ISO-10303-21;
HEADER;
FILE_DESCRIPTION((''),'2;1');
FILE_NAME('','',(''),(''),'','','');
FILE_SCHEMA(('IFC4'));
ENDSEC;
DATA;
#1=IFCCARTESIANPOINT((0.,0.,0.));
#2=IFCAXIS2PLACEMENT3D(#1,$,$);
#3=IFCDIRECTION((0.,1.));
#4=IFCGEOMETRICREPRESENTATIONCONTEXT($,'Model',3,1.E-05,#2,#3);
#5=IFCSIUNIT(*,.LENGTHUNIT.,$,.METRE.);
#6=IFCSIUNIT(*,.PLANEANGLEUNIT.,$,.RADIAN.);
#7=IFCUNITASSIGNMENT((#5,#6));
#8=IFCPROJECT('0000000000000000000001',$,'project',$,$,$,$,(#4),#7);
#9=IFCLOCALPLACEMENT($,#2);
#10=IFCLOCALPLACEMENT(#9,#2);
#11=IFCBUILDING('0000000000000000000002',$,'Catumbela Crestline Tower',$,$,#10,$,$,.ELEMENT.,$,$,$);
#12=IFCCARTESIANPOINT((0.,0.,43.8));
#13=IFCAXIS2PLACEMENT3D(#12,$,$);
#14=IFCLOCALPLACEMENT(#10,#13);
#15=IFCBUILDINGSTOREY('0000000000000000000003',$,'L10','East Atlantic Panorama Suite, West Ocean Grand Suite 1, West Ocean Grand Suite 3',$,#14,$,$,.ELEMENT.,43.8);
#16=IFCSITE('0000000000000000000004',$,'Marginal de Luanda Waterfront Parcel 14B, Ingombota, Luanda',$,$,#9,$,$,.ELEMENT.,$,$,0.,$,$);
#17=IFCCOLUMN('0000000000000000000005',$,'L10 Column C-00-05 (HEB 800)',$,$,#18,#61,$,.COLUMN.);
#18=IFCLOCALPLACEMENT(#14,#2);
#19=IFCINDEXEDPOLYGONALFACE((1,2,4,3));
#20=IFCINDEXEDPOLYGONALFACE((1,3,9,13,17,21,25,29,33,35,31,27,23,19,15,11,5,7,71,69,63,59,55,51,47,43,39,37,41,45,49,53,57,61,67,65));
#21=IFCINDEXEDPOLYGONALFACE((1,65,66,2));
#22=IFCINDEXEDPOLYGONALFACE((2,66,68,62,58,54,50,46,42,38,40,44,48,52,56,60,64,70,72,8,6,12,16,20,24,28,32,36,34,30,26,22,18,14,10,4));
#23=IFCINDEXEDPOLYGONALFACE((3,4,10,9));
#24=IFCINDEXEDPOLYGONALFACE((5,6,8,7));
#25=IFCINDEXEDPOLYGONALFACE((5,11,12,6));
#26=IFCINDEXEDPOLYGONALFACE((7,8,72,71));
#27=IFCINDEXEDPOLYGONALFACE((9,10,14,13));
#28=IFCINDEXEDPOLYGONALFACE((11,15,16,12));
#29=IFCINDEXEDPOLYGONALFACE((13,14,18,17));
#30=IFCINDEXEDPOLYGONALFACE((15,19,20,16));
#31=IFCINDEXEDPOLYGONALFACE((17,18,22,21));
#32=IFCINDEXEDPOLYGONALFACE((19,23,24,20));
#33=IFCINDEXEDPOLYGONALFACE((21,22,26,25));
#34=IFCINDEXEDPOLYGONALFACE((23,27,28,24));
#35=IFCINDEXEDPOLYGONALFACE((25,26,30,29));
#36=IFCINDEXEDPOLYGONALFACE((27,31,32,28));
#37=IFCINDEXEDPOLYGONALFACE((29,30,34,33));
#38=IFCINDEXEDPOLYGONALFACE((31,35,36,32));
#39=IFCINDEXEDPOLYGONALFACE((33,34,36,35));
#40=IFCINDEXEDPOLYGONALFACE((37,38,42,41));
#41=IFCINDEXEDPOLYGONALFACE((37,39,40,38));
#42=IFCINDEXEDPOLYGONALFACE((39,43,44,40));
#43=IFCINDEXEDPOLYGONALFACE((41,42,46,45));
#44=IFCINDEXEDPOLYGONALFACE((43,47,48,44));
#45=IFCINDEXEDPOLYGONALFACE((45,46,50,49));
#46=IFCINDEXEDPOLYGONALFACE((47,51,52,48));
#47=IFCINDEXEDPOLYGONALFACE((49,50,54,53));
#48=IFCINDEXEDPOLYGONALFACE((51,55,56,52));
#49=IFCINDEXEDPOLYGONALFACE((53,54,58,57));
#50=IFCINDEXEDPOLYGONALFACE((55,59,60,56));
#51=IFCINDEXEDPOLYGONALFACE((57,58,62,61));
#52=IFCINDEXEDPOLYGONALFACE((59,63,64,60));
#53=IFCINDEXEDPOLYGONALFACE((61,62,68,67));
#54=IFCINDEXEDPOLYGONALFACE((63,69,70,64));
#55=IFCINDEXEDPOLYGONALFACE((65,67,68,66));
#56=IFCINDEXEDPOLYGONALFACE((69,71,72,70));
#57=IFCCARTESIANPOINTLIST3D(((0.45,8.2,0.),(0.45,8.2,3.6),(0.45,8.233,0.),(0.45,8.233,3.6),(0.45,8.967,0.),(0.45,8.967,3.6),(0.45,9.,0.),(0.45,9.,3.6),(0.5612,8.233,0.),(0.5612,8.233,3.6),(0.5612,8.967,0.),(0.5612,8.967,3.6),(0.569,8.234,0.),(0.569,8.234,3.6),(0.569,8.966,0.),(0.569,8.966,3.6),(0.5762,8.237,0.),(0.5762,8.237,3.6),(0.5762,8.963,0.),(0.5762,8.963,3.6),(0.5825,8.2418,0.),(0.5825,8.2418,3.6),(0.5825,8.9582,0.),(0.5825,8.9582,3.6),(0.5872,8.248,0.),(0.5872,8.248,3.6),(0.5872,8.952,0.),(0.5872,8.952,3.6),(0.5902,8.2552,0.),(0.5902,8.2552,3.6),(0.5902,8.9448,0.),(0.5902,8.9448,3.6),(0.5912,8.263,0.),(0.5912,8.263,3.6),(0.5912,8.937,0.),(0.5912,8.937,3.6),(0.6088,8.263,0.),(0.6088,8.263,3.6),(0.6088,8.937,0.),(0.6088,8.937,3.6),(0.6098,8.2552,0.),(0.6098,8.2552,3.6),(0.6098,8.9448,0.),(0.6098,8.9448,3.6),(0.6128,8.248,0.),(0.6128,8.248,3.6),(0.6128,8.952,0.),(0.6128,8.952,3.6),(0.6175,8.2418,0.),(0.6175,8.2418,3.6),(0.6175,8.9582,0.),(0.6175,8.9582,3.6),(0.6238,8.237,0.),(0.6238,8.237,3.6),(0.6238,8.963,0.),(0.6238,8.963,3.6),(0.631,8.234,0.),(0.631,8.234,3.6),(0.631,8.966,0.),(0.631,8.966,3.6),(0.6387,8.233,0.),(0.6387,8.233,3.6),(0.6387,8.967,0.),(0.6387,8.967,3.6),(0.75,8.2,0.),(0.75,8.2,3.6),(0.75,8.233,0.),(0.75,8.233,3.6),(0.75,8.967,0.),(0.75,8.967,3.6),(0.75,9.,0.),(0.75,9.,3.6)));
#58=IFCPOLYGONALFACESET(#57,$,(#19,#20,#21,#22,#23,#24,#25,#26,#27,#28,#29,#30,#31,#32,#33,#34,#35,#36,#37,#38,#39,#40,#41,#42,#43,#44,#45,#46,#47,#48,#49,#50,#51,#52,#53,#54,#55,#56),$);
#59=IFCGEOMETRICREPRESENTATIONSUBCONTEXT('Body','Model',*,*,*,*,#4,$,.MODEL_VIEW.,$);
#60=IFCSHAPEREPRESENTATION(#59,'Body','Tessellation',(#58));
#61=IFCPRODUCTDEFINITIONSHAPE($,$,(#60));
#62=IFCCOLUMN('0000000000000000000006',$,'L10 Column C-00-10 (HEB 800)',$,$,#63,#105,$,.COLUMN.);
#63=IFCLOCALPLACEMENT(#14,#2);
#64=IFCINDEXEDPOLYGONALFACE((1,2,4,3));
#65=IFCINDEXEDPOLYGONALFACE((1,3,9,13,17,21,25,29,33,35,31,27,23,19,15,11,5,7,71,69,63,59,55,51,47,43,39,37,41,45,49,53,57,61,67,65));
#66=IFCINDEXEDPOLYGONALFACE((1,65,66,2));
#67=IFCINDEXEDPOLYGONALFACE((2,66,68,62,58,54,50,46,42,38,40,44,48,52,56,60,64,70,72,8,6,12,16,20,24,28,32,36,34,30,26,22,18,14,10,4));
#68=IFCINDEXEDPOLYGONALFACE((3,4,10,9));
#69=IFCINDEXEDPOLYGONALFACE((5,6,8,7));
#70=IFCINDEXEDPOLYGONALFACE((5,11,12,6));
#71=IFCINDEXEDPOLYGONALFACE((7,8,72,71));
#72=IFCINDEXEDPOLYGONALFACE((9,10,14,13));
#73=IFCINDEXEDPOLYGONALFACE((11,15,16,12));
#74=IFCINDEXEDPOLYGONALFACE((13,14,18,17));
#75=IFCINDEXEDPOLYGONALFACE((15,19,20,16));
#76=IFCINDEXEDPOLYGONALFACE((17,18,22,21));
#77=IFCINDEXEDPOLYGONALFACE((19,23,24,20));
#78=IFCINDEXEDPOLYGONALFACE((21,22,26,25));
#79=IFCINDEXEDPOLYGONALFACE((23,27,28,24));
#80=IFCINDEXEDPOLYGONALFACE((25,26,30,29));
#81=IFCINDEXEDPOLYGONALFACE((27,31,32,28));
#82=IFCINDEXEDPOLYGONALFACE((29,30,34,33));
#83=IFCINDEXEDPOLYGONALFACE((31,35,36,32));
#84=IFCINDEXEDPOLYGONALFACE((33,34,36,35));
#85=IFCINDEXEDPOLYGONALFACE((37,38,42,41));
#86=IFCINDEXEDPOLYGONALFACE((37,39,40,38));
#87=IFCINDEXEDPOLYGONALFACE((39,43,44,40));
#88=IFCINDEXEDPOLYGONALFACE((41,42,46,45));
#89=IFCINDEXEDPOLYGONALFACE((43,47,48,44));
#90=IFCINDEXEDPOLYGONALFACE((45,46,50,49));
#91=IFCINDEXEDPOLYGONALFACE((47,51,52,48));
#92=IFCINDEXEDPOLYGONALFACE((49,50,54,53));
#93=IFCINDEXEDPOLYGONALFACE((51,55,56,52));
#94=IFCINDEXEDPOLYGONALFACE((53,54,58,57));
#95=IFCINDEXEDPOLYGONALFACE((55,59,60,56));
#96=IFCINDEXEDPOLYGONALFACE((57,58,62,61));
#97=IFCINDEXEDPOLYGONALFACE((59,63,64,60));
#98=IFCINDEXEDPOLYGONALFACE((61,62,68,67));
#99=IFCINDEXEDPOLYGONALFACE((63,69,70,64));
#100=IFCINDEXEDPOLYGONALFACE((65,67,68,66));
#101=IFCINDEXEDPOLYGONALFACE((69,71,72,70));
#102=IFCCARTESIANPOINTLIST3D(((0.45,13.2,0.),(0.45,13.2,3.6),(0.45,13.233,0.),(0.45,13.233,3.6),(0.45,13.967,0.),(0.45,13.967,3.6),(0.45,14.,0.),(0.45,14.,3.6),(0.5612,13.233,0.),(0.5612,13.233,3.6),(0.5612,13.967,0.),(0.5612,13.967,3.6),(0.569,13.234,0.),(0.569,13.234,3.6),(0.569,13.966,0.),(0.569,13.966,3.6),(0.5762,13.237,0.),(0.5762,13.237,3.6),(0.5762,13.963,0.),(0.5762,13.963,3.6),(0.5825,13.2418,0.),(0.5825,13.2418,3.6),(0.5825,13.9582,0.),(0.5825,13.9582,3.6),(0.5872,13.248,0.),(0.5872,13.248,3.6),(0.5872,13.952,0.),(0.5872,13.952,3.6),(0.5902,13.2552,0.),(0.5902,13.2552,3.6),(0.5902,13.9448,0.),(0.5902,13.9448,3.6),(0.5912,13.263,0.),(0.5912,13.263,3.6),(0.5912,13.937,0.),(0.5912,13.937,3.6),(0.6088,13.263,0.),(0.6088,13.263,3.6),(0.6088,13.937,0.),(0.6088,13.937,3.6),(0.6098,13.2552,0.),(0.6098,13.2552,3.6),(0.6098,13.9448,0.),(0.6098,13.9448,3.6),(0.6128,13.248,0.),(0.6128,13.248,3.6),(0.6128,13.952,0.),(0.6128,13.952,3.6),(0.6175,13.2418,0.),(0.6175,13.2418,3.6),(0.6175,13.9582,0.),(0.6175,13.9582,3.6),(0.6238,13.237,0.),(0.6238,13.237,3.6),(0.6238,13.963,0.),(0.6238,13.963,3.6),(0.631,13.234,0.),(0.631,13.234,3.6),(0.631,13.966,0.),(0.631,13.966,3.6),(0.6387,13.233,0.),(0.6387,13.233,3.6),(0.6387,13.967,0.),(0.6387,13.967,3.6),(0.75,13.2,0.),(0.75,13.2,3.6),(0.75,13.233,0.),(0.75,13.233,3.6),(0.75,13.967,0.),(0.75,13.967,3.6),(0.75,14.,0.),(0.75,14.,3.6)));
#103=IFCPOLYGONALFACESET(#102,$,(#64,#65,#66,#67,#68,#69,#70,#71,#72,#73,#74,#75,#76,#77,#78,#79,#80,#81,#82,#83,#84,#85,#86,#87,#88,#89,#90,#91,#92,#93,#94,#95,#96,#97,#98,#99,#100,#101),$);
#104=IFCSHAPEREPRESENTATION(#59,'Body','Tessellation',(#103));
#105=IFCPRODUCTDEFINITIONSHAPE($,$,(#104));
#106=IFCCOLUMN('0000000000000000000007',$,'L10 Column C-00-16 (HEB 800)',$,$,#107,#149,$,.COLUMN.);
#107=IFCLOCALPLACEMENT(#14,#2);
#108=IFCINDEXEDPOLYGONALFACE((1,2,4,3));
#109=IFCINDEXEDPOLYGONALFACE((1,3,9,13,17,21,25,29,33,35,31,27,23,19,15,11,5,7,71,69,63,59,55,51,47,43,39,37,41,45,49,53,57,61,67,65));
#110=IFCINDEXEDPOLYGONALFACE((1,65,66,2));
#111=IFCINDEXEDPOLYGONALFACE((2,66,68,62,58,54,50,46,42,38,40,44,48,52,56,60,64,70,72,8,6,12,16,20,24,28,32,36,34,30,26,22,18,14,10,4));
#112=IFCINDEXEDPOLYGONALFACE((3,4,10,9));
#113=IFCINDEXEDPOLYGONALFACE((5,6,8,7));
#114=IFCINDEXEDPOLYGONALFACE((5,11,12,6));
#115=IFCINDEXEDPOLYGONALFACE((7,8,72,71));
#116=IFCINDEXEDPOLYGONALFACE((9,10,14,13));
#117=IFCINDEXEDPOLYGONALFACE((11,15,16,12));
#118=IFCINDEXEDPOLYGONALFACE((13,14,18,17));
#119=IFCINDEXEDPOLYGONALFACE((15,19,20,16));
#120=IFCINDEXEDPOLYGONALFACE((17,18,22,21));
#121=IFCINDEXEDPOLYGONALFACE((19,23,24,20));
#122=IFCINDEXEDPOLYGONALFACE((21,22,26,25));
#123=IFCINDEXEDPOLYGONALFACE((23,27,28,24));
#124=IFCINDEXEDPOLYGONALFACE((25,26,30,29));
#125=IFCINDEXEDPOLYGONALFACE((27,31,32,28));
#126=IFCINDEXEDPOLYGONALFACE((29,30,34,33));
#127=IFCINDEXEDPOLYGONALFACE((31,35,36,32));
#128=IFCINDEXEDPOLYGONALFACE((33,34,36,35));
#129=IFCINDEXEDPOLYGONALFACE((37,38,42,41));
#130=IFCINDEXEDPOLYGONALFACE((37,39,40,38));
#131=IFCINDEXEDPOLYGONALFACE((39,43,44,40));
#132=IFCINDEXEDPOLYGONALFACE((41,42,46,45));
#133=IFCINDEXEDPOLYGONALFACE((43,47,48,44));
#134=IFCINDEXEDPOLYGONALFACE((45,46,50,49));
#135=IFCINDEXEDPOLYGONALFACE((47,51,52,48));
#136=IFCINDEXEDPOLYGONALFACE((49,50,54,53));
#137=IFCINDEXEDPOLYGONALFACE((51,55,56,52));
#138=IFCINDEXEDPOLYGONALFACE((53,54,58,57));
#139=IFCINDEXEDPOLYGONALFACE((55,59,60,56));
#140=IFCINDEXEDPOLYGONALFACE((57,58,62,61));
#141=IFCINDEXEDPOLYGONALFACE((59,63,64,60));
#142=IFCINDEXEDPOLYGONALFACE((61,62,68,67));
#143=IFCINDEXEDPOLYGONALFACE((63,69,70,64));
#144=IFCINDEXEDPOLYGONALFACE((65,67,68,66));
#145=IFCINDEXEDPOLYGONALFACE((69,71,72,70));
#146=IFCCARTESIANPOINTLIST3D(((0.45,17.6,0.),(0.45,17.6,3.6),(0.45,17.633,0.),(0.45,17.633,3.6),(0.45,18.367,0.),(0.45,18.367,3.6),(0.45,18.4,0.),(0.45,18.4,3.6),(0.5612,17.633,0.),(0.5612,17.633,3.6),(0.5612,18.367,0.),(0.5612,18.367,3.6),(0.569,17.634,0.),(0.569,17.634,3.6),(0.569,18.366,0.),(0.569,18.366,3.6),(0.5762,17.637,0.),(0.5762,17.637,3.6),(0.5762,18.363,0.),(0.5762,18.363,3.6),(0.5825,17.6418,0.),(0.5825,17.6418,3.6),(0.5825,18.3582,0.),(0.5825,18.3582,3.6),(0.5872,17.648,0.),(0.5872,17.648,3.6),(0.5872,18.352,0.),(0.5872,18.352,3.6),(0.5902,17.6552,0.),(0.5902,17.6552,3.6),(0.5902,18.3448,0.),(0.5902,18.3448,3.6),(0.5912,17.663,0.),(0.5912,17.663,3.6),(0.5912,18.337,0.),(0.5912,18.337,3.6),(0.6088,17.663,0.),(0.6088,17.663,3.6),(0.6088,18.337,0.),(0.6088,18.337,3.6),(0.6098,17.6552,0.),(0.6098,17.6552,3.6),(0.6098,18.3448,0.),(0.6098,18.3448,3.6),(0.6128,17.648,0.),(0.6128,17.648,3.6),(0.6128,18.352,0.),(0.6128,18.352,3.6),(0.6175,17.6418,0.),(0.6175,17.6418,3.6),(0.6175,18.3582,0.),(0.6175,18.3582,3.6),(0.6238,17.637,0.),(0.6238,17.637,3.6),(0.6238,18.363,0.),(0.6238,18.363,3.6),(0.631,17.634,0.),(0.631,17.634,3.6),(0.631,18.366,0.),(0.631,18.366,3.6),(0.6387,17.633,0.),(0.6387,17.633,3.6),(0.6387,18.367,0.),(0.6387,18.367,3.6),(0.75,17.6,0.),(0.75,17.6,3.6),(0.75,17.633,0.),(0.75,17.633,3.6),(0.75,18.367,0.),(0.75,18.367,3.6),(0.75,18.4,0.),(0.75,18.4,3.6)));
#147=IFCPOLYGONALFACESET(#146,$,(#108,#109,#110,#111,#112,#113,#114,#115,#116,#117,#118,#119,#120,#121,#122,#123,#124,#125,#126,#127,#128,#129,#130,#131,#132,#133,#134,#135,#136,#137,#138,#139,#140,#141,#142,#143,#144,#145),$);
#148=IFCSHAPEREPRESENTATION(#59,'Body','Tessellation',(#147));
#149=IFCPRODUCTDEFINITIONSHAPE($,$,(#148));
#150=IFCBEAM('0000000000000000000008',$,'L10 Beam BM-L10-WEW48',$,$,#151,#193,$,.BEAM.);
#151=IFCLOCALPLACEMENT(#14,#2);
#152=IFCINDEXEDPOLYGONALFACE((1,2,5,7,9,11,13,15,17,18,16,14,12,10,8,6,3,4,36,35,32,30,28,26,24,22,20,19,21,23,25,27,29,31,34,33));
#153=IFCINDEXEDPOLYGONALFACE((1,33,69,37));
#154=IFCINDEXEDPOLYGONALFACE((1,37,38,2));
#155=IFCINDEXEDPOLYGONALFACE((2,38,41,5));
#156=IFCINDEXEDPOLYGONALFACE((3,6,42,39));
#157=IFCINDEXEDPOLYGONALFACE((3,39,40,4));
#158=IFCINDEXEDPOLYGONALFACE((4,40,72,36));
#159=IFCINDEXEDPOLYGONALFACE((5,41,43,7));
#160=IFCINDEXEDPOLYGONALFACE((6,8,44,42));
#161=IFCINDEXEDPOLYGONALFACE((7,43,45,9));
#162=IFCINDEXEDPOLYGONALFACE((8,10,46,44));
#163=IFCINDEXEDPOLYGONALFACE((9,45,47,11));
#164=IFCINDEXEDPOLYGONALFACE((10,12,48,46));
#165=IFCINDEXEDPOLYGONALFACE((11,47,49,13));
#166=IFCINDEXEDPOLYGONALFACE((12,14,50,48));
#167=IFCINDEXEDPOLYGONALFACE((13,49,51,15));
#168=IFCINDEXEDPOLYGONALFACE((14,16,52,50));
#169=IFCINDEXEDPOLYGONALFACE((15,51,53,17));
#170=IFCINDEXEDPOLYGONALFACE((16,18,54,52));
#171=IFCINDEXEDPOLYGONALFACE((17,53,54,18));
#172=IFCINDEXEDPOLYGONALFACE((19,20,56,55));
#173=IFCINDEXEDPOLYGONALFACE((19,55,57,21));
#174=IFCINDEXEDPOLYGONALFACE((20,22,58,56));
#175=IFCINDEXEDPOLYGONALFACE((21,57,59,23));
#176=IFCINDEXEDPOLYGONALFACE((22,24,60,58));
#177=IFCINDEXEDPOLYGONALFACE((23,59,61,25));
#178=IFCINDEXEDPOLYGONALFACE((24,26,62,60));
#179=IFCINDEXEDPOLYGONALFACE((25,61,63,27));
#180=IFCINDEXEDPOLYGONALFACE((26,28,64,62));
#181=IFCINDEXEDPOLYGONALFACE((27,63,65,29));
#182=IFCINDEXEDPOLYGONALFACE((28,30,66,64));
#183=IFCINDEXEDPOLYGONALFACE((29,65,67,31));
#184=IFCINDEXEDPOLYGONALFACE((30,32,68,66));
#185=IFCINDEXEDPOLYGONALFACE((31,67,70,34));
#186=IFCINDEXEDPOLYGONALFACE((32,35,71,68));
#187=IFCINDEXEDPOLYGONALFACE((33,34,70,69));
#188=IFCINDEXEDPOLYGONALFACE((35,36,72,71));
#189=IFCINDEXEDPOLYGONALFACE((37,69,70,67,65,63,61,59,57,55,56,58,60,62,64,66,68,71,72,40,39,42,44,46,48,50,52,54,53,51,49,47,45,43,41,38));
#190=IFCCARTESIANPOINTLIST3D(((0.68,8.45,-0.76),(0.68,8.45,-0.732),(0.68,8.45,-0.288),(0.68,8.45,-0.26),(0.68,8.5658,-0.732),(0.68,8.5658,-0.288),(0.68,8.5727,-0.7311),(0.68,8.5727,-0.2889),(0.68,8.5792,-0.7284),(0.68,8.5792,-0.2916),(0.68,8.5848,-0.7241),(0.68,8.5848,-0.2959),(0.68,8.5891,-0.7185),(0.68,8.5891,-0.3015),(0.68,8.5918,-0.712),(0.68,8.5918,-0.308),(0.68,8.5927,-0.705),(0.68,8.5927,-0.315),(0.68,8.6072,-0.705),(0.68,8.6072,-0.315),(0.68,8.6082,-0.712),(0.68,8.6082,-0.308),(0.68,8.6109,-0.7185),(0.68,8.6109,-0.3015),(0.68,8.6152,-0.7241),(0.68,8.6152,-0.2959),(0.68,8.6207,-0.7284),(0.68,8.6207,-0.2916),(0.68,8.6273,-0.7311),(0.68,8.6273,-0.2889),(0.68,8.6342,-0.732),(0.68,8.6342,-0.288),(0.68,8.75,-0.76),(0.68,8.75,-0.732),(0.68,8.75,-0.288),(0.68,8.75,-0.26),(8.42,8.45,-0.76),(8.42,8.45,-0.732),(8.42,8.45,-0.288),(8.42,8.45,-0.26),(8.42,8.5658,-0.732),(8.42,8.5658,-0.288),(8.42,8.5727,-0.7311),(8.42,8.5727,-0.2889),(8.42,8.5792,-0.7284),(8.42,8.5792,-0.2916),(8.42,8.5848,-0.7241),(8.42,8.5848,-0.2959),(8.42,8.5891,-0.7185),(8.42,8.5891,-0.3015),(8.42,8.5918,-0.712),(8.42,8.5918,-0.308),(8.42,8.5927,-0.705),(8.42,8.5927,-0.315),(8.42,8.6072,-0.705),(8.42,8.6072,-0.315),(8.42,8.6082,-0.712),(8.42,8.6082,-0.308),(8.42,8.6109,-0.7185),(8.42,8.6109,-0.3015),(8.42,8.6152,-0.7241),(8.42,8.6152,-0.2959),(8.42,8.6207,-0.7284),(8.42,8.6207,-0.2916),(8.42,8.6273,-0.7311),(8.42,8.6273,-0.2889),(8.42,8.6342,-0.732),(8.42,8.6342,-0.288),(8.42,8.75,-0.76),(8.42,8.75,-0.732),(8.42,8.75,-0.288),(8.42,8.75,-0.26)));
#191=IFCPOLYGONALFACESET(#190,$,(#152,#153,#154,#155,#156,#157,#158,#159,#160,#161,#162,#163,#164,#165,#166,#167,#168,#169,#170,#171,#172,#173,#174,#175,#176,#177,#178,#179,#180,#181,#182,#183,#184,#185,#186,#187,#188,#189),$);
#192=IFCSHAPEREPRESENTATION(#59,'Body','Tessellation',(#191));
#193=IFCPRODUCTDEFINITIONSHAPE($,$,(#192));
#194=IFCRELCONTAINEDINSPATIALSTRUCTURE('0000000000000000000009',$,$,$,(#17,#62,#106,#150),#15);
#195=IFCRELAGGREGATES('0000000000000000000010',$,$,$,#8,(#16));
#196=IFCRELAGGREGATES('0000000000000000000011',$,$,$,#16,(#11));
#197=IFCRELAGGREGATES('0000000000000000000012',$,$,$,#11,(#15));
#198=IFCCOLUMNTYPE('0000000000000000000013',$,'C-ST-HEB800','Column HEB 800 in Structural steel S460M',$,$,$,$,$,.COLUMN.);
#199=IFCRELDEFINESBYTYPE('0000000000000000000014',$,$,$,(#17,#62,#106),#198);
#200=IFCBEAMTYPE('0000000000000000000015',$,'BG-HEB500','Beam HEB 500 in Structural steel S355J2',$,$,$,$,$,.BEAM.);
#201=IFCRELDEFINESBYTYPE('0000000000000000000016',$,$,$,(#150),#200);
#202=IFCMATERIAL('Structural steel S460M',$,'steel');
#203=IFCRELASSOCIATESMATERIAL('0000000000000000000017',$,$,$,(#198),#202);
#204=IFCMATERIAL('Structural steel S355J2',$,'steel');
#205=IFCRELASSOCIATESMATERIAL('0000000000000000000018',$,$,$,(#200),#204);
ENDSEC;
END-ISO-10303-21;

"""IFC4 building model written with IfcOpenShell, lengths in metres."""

from ifc_helpers import new_model, si_unit, direction, frame, origin, origin_2d, place, context, subcontext, project, spatial, i_section, extrude, material, material_profile, profile_set, type_object, element, save


model = new_model("IFC4")

# Units and contexts
model_context = context("Model", 3, precision=1e-05, world=origin(), true_north=direction((0.0, 1.0)))
body_context = subcontext(model_context, "Body", "Model", "MODEL_VIEW")
ifc_project = project(units=[si_unit("LENGTHUNIT", "METRE"), si_unit("PLANEANGLEUNIT", "RADIAN")], contexts=[model_context])

# Site, building, storey
site_placement = place(None, origin())
site = spatial("IfcSite", under=ifc_project, at=site_placement, Name="Marginal de Luanda Waterfront Parcel 14B, Ingombota, Luanda", CompositionType="ELEMENT", RefElevation=0.0)
building_placement = place(site_placement, origin())
building = spatial("IfcBuilding", under=site, at=building_placement, Name="Catumbela Crestline Tower", CompositionType="ELEMENT")
storey_placement = place(building_placement, frame((0.0, 0.0, 43.8)))
storey = spatial("IfcBuildingStorey", under=building, at=storey_placement, Name="L10", Description="East Atlantic Panorama Suite, West Ocean Grand Suite 1, West Ocean Grand Suite 3", CompositionType="ELEMENT", Elevation=43.8)

# Columns
ifc_material_1 = material(Name="Structural steel S460M", Category="steel")
ifc_material_profile_1 = material_profile(ifc_material_1, i_section(OverallWidth=0.3, OverallDepth=0.8, WebThickness=0.0175, FlangeThickness=0.033, FilletRadius=0.03, at=origin_2d()), Name="HEB 800")
ifc_profile_set_1 = profile_set([ifc_material_profile_1], Name="Structural steel S460M")
column_type = type_object("IfcColumnType", Name="C-ST-HEB800", Description="Column HEB 800 in Structural steel S460M", PredefinedType="COLUMN", material=ifc_profile_set_1)
for number, where, z_axis, x_axis, name in (
    (1, (0.6, 8.6, 0.0), (0.0, 0.0, 1.0), (1.0, 0.0, 0.0), "L10 Column C-00-05 (HEB 800)"),
    (2, (0.6, 13.6, 0.0), (0.0, 0.0, 1.0), (1.0, 0.0, 0.0), "L10 Column C-00-10 (HEB 800)"),
    (3, (0.6, 18.0, 0.0), (0.0, 0.0, 1.0), (1.0, 0.0, 0.0), "L10 Column C-00-16 (HEB 800)"),
):
    element("IfcColumn", number, at=place(storey_placement, frame(where, z_axis=z_axis, x_axis=x_axis)), inside=storey, type_object=column_type, Name=name, PredefinedType="COLUMN", context=body_context, shape_type="SweptSolid", body=[
        extrude(i_section(OverallWidth=0.3, OverallDepth=0.8, WebThickness=0.0175, FlangeThickness=0.033, FilletRadius=0.03, at=origin_2d()), origin(), (0.0, 0.0, 1.0), 3.6),
    ])

# Beam
ifc_material_2 = material(Name="Structural steel S355J2", Category="steel")
ifc_material_profile_2 = material_profile(ifc_material_2, i_section(OverallWidth=0.3, OverallDepth=0.5, WebThickness=0.0145, FlangeThickness=0.028, FilletRadius=0.027, at=origin_2d()), Name="HEB 500")
ifc_profile_set_2 = profile_set([ifc_material_profile_2], Name="Structural steel S355J2")
beam_type_1 = type_object("IfcBeamType", Name="BG-HEB500", Description="Beam HEB 500 in Structural steel S355J2", PredefinedType="BEAM", material=ifc_profile_set_2)
for number, where, z_axis, x_axis, name in (
    (4, (0.68, 8.6, -0.51), (1.0, 0.0, 0.0), (0.0, 1.0, 0.0), "L10 Beam BM-L10-WEW48"),
):
    element("IfcBeam", number, at=place(storey_placement, frame(where, z_axis=z_axis, x_axis=x_axis)), inside=storey, type_object=beam_type_1, Name=name, PredefinedType="BEAM", context=body_context, shape_type="SweptSolid", body=[
        extrude(i_section(OverallWidth=0.3, OverallDepth=0.5, WebThickness=0.0145, FlangeThickness=0.028, FilletRadius=0.027, at=origin_2d()), origin(), (0.0, 0.0, 1.0), 7.74),
    ])

save(model, "model.ifc")
